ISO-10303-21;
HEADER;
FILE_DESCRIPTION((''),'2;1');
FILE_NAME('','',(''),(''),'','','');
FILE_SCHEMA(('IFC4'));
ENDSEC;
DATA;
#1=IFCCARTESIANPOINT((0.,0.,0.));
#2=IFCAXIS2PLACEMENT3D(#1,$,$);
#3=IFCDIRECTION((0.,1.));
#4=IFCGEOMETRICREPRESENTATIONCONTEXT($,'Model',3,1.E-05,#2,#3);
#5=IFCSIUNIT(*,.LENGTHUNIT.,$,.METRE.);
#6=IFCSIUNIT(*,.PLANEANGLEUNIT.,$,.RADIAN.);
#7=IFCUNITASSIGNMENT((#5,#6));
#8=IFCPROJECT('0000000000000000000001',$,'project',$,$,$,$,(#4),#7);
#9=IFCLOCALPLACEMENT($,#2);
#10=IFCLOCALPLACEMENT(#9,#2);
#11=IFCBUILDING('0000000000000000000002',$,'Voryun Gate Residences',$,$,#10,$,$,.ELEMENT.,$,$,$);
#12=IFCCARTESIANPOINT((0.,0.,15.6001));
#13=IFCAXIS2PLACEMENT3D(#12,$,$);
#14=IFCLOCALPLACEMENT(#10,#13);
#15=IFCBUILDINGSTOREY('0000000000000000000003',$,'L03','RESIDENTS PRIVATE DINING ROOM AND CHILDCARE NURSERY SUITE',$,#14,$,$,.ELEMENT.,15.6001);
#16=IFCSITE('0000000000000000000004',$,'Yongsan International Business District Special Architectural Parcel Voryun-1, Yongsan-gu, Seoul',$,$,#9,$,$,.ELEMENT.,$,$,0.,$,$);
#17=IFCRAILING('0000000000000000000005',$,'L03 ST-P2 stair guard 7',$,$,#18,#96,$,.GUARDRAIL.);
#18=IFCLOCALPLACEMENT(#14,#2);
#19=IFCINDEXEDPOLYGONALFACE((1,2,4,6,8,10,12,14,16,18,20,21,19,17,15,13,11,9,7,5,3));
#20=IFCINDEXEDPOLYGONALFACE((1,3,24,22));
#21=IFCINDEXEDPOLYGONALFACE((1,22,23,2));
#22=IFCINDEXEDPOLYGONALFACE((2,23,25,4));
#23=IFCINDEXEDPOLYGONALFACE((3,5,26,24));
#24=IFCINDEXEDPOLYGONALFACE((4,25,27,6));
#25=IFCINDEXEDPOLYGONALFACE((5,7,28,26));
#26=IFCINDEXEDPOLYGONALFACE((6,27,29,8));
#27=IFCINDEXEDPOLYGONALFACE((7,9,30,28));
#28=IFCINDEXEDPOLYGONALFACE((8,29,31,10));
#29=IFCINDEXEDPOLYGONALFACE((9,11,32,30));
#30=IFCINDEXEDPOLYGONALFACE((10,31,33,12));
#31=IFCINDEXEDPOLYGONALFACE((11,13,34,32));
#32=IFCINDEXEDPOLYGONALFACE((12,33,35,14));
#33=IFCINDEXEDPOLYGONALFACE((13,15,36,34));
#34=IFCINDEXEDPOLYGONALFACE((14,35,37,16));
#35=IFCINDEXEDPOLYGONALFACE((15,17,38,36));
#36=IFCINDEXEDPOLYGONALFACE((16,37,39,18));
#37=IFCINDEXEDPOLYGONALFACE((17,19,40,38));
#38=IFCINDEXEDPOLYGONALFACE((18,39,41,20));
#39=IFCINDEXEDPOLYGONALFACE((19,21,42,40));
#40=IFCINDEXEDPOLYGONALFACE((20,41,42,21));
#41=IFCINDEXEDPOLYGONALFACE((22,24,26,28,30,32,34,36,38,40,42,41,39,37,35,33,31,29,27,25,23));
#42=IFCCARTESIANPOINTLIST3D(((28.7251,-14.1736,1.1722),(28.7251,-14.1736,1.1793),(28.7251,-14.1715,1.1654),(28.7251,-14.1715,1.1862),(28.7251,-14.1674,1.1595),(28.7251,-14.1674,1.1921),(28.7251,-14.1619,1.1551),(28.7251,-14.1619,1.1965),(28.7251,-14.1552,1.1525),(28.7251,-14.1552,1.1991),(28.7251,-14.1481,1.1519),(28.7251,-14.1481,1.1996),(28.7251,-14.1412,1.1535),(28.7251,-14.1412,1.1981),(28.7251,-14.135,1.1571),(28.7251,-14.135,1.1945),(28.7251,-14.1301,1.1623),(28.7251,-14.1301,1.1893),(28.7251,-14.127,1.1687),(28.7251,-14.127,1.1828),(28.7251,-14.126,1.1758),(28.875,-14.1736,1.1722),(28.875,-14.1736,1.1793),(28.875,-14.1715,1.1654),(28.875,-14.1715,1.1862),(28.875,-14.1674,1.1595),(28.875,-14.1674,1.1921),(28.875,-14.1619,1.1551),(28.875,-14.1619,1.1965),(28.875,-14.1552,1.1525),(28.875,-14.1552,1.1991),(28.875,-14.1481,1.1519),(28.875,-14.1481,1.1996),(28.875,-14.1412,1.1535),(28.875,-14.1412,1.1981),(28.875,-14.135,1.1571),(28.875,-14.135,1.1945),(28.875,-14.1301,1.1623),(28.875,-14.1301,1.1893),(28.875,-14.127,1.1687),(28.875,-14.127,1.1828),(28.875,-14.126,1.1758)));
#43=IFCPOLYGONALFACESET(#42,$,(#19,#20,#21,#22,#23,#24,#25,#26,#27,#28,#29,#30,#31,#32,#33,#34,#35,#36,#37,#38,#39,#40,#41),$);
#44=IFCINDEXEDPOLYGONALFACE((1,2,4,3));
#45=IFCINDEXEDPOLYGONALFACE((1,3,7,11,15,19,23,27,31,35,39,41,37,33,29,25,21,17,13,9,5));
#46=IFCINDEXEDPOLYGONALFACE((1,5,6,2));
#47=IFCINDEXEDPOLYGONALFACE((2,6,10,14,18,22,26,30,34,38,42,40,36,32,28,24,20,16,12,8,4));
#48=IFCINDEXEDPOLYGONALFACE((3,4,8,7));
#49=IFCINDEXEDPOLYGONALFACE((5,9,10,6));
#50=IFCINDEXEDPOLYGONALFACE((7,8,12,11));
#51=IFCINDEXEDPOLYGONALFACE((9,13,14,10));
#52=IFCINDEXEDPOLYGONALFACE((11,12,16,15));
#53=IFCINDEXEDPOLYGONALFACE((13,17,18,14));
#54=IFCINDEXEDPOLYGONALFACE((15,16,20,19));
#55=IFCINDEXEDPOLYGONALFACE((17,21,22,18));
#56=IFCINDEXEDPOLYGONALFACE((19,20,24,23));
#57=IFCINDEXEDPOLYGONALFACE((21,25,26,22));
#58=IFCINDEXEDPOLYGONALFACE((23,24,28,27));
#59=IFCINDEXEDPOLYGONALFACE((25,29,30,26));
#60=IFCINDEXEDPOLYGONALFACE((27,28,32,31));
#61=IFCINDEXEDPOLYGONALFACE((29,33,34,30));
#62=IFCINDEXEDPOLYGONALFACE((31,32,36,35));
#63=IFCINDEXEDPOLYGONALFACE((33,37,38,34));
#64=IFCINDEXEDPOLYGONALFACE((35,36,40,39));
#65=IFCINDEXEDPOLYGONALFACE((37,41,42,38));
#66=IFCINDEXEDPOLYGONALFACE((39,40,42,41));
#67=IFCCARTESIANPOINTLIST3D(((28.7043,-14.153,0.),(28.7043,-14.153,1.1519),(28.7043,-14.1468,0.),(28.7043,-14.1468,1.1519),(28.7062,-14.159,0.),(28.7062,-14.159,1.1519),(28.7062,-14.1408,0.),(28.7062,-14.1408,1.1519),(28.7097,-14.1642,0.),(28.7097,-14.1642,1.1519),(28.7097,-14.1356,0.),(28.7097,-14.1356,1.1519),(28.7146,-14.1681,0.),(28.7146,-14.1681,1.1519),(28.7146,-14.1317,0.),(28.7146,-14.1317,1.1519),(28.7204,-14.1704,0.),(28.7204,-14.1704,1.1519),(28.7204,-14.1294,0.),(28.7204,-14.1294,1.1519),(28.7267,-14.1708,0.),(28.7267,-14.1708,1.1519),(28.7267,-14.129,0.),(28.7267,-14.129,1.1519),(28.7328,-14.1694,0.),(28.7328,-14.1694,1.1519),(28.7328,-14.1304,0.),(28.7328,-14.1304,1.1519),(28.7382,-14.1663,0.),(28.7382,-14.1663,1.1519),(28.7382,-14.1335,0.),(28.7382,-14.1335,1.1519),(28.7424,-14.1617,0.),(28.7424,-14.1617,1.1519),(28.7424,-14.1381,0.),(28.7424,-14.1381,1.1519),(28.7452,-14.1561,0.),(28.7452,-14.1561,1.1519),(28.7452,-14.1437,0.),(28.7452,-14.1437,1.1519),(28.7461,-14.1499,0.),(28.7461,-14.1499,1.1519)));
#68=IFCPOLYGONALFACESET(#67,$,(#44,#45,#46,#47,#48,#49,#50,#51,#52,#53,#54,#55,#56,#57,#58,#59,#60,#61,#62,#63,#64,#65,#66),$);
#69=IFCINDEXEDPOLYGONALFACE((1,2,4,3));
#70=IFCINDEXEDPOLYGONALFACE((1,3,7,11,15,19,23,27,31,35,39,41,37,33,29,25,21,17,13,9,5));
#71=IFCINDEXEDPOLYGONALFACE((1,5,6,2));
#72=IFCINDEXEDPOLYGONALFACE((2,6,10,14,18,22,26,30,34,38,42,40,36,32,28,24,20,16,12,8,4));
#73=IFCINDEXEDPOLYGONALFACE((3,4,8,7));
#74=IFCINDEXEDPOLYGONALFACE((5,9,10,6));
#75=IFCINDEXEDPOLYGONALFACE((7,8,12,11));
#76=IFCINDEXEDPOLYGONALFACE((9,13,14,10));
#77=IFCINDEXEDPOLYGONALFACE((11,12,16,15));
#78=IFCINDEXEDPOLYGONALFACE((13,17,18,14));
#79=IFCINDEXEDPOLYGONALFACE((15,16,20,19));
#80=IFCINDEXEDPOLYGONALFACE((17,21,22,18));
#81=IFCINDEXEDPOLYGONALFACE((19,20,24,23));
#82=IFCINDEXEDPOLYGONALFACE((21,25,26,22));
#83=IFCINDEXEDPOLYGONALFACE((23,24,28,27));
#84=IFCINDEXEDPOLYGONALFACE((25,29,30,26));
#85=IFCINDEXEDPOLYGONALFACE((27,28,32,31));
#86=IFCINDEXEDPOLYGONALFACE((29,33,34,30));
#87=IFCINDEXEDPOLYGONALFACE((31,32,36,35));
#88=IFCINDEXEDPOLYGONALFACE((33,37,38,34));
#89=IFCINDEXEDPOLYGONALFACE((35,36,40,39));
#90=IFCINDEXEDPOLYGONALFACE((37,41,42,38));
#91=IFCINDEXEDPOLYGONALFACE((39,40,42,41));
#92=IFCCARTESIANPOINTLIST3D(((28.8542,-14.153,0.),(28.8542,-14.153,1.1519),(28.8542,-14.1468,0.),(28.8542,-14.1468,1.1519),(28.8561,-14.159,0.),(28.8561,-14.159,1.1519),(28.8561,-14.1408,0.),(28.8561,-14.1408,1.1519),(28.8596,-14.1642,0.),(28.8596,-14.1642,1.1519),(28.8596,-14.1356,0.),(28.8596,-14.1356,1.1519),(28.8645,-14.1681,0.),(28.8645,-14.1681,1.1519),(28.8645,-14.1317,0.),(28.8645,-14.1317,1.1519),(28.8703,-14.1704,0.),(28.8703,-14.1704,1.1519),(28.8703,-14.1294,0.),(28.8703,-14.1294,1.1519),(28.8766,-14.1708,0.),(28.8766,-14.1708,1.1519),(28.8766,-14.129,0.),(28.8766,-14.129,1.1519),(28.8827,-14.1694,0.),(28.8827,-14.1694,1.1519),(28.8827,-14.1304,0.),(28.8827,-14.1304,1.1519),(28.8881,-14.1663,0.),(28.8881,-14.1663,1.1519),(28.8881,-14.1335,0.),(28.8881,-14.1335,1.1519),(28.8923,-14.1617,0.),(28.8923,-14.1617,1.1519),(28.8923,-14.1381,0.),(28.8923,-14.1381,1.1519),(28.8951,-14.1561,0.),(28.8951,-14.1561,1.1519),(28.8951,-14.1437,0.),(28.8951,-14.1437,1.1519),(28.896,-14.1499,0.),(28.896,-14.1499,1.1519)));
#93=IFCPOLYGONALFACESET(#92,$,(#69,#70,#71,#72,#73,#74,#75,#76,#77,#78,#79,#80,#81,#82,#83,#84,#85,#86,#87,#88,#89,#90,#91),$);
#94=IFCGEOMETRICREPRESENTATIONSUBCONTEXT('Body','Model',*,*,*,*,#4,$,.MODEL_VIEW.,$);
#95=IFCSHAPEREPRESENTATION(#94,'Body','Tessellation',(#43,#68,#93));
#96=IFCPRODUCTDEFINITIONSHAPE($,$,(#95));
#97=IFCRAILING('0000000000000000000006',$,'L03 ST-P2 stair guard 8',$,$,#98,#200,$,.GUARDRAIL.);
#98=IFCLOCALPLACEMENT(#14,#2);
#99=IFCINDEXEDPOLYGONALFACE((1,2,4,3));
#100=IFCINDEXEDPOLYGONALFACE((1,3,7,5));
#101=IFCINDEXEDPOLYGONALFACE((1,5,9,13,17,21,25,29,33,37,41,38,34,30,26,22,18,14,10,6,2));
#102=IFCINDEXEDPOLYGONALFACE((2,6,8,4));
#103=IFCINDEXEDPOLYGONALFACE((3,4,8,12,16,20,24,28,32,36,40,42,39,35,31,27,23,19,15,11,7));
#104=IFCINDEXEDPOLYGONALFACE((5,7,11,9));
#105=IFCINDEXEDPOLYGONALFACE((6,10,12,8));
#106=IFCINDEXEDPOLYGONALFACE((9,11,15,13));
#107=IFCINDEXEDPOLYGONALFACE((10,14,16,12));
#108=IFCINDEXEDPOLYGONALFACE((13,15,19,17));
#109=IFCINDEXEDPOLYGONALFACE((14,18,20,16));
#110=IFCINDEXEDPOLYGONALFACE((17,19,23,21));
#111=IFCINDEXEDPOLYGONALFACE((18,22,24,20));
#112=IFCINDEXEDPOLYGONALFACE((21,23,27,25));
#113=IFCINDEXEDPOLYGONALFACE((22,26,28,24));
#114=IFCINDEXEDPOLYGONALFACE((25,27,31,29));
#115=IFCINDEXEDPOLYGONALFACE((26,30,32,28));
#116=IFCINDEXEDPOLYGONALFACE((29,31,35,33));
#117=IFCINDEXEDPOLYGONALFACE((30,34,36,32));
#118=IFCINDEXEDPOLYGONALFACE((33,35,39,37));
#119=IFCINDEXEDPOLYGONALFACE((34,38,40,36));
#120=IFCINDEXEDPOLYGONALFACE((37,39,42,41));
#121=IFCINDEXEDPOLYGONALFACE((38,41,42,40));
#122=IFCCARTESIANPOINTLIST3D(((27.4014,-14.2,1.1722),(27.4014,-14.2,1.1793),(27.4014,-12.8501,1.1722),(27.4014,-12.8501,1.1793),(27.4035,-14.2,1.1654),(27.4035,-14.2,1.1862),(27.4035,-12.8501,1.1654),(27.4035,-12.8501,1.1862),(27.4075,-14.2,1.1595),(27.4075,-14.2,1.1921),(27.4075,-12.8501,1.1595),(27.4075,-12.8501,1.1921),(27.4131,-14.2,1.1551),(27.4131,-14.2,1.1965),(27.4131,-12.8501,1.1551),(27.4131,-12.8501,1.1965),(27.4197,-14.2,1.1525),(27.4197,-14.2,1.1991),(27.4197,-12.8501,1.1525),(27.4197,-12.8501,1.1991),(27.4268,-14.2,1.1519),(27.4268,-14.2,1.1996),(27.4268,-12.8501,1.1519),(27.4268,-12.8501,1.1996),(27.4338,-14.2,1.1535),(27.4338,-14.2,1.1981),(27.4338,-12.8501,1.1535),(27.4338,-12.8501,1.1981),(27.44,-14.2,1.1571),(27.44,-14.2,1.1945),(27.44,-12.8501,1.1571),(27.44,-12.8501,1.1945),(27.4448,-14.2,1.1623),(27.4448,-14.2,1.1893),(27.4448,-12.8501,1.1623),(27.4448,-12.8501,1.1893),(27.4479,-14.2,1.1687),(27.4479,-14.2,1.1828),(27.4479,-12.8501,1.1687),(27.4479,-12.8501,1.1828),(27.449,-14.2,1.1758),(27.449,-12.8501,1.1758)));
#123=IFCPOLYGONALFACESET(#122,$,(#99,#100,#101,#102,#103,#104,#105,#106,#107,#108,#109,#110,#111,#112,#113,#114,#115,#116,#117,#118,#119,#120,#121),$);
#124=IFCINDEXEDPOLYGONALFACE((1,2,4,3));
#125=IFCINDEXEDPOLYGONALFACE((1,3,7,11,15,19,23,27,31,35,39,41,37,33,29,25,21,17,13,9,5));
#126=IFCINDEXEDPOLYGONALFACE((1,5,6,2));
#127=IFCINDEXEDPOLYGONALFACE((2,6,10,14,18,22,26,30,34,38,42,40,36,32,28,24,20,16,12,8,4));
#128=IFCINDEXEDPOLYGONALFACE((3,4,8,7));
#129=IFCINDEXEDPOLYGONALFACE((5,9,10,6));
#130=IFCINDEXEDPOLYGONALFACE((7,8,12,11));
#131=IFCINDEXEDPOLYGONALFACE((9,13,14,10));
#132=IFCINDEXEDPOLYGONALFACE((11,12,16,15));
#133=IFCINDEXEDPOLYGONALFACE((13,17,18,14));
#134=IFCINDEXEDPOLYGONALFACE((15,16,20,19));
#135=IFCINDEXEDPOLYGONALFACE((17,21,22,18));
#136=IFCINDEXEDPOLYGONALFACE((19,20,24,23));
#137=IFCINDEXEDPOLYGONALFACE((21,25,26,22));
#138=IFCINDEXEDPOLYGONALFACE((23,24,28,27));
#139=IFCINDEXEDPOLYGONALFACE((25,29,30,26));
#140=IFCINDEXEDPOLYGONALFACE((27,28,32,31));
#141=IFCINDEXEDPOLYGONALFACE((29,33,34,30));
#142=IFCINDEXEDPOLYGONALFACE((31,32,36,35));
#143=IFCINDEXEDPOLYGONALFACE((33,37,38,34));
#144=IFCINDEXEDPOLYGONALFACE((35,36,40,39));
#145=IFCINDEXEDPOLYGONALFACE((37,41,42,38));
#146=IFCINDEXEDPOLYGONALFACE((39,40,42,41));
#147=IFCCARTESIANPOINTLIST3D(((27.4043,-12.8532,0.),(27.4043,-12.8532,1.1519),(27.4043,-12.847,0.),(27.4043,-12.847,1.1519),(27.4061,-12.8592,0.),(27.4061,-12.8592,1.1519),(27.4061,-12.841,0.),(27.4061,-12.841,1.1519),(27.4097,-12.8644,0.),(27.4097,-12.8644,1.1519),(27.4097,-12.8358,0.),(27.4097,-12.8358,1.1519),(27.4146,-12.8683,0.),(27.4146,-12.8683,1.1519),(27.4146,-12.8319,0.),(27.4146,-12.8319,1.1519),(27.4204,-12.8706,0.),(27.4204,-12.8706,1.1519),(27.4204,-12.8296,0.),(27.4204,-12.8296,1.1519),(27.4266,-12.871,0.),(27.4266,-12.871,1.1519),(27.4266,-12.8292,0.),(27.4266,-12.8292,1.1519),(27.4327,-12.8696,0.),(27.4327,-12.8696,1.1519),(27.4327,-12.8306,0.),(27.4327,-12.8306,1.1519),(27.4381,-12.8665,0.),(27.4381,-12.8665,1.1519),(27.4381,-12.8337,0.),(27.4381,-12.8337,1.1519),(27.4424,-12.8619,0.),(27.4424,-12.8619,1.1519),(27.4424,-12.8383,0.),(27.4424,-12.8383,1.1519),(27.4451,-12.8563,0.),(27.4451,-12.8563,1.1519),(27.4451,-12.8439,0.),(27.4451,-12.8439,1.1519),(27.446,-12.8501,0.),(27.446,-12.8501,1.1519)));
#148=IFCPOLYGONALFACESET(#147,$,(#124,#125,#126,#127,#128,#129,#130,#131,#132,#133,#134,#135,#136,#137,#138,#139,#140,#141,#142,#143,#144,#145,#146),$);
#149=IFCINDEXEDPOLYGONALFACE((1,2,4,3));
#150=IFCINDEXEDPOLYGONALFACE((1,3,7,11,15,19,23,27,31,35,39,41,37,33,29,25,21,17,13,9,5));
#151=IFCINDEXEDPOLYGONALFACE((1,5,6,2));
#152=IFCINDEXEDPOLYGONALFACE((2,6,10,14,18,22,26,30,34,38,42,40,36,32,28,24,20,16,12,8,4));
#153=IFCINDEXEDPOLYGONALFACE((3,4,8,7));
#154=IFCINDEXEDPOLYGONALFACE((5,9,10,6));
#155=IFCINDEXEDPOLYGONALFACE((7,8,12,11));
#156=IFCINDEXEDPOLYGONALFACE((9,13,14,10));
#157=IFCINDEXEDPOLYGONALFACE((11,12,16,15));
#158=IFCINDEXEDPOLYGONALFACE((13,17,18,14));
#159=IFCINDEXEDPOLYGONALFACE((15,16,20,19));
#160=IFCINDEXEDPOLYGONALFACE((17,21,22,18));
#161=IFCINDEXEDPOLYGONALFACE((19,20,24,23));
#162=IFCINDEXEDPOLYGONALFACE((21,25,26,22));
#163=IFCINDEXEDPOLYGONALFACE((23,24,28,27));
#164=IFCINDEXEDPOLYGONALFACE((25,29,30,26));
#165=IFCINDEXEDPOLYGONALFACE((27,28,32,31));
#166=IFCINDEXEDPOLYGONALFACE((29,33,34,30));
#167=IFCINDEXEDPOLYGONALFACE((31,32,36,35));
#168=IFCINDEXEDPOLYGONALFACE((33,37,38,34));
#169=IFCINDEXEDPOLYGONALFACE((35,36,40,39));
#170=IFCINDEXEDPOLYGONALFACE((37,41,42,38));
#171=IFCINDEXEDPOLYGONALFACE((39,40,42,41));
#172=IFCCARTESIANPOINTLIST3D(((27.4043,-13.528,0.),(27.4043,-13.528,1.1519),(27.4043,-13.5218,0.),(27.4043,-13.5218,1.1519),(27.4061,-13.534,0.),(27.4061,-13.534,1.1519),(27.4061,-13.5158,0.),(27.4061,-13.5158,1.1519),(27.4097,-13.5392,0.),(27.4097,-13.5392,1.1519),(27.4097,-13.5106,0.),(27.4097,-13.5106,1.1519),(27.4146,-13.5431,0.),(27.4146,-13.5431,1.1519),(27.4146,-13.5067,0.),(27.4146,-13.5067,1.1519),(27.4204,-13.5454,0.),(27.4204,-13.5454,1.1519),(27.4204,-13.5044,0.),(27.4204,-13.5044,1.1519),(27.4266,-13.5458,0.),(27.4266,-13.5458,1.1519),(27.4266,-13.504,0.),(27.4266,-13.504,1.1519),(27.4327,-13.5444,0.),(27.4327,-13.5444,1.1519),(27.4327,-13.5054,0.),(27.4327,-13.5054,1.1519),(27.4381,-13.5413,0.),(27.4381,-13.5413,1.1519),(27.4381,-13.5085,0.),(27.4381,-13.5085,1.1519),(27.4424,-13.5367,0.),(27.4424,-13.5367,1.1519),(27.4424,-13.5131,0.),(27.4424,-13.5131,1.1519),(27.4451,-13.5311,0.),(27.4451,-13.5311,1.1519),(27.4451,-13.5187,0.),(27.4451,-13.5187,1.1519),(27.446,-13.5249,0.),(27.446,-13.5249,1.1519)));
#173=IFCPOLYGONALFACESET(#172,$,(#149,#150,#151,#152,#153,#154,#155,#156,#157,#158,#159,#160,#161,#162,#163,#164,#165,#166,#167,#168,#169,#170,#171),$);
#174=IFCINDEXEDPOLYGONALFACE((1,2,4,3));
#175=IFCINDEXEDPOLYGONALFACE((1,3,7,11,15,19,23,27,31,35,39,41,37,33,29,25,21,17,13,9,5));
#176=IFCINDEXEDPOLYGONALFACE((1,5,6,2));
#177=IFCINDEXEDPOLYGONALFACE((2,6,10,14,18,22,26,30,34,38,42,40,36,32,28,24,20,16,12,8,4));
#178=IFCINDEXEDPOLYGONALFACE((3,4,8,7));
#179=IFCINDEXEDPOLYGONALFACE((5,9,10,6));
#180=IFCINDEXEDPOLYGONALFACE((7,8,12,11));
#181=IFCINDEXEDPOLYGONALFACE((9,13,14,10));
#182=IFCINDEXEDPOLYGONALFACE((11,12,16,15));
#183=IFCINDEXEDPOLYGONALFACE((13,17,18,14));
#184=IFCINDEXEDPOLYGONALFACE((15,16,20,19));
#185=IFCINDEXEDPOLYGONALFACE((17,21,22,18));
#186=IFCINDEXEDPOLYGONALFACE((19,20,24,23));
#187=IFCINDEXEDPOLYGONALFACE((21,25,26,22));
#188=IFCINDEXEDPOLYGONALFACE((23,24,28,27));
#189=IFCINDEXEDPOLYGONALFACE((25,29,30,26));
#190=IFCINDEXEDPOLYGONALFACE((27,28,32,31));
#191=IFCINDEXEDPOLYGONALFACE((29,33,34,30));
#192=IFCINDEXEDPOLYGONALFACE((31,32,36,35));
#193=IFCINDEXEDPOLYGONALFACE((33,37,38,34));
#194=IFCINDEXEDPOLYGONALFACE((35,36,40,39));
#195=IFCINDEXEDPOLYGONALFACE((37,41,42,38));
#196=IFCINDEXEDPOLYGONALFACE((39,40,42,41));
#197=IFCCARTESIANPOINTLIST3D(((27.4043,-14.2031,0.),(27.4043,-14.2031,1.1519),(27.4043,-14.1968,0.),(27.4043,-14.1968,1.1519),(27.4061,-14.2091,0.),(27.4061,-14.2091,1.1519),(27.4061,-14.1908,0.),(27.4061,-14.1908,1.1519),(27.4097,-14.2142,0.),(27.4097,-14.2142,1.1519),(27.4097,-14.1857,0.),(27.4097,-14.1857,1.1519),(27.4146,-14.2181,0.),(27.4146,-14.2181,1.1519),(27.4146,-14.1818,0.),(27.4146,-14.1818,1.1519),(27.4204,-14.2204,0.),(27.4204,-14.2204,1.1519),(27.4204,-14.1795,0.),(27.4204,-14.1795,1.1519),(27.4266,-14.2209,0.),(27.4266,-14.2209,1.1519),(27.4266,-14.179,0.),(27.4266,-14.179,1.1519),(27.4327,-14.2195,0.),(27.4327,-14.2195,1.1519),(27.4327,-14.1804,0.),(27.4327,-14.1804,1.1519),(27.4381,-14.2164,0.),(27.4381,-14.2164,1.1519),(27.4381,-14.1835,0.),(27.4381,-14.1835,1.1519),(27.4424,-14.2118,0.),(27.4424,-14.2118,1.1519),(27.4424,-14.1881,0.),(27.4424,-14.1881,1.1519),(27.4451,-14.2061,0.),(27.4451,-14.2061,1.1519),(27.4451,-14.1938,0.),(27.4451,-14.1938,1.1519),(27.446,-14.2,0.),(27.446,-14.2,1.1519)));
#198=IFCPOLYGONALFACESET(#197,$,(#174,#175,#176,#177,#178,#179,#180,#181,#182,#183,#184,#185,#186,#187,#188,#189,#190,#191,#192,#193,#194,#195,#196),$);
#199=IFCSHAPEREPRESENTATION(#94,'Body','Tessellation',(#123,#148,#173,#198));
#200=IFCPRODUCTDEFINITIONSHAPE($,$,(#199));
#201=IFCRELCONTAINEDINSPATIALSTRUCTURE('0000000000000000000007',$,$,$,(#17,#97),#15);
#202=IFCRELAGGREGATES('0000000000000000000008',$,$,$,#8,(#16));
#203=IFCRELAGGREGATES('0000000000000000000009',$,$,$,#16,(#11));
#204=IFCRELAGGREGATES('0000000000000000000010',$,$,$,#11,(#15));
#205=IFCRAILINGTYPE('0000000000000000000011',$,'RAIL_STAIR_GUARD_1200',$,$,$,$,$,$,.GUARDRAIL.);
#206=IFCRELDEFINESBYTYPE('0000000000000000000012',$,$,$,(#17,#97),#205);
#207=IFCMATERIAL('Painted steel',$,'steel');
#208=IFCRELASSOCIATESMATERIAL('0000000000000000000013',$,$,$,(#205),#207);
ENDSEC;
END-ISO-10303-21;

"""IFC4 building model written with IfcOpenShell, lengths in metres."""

from ifc_helpers import new_model, si_unit, direction, frame, origin, origin_2d, place, context, subcontext, project, spatial, circle, extrude, material, type_object, element, save


model = new_model("IFC4")

# Units and contexts
model_context = context("Model", 3, precision=1e-05, world=origin(), true_north=direction((0.0, 1.0)))
body_context = subcontext(model_context, "Body", "Model", "MODEL_VIEW")
ifc_project = project(units=[si_unit("LENGTHUNIT", "METRE"), si_unit("PLANEANGLEUNIT", "RADIAN")], contexts=[model_context])

# Site, building, storey
site_placement = place(None, origin())
site = spatial("IfcSite", under=ifc_project, at=site_placement, Name="Yongsan International Business District Special Architectural Parcel Voryun-1, Yongsan-gu, Seoul", CompositionType="ELEMENT", RefElevation=0.0)
building_placement = place(site_placement, origin())
building = spatial("IfcBuilding", under=site, at=building_placement, Name="Voryun Gate Residences", CompositionType="ELEMENT")
storey_placement = place(building_placement, frame((0.0, 0.0, 15.6001)))
storey = spatial("IfcBuildingStorey", under=building, at=storey_placement, Name="L03", Description="RESIDENTS PRIVATE DINING ROOM AND CHILDCARE NURSERY SUITE", CompositionType="ELEMENT", Elevation=15.6001)

# Railings
ifc_material_1 = material(Name="Painted steel", Category="steel")
railing_type_1 = type_object("IfcRailingType", Name="RAIL_STAIR_GUARD_1200", PredefinedType="GUARDRAIL", material=ifc_material_1)
railing_1_placement = place(storey_placement, frame((28.7251, -14.1499, 0.0)))
element("IfcRailing", 1, at=railing_1_placement, inside=storey, type_object=railing_type_1, Name="L03 ST-P2 stair guard 7", PredefinedType="GUARDRAIL", context=body_context, shape_type="SweptSolid", body=[
    extrude(circle(Radius=0.0239, at=origin_2d()), frame((0.0, 0.0, 1.1758), z_axis=(1.0, 0.0, 0.0), x_axis=(0.0, 1.0, 0.0)), (0.0, 0.0, 1.0), 0.1499),
    extrude(circle(Radius=0.021, at=origin_2d()), origin(), (0.0, 0.0, 1.0), 1.1519),
    extrude(circle(Radius=0.021, at=origin_2d()), frame((0.1499, 0.0, 0.0)), (0.0, 0.0, 1.0), 1.1519),
])
for number, where, name in (
    (2, (27.425, -12.8501, 0.0), "L03 ST-P2 stair guard 8"),
):
    element("IfcRailing", number, at=place(storey_placement, frame(where)), inside=storey, type_object=railing_type_1, Name=name, PredefinedType="GUARDRAIL", context=body_context, shape_type="SweptSolid", body=[
        extrude(circle(Radius=0.0239, at=origin_2d()), frame((0.0, 0.0, 1.1758), z_axis=(0.0, -1.0, 0.0), x_axis=(1.0, 0.0, 0.0)), (0.0, 0.0, 1.0), 1.3499),
        extrude(circle(Radius=0.021, at=origin_2d()), origin(), (0.0, 0.0, 1.0), 1.1519),
        extrude(circle(Radius=0.021, at=origin_2d()), frame((0.0, -0.6748, 0.0)), (0.0, 0.0, 1.0), 1.1519),
        extrude(circle(Radius=0.021, at=origin_2d()), frame((0.0, -1.3499, 0.0)), (0.0, 0.0, 1.0), 1.1519),
    ])

save(model, "model.ifc")
